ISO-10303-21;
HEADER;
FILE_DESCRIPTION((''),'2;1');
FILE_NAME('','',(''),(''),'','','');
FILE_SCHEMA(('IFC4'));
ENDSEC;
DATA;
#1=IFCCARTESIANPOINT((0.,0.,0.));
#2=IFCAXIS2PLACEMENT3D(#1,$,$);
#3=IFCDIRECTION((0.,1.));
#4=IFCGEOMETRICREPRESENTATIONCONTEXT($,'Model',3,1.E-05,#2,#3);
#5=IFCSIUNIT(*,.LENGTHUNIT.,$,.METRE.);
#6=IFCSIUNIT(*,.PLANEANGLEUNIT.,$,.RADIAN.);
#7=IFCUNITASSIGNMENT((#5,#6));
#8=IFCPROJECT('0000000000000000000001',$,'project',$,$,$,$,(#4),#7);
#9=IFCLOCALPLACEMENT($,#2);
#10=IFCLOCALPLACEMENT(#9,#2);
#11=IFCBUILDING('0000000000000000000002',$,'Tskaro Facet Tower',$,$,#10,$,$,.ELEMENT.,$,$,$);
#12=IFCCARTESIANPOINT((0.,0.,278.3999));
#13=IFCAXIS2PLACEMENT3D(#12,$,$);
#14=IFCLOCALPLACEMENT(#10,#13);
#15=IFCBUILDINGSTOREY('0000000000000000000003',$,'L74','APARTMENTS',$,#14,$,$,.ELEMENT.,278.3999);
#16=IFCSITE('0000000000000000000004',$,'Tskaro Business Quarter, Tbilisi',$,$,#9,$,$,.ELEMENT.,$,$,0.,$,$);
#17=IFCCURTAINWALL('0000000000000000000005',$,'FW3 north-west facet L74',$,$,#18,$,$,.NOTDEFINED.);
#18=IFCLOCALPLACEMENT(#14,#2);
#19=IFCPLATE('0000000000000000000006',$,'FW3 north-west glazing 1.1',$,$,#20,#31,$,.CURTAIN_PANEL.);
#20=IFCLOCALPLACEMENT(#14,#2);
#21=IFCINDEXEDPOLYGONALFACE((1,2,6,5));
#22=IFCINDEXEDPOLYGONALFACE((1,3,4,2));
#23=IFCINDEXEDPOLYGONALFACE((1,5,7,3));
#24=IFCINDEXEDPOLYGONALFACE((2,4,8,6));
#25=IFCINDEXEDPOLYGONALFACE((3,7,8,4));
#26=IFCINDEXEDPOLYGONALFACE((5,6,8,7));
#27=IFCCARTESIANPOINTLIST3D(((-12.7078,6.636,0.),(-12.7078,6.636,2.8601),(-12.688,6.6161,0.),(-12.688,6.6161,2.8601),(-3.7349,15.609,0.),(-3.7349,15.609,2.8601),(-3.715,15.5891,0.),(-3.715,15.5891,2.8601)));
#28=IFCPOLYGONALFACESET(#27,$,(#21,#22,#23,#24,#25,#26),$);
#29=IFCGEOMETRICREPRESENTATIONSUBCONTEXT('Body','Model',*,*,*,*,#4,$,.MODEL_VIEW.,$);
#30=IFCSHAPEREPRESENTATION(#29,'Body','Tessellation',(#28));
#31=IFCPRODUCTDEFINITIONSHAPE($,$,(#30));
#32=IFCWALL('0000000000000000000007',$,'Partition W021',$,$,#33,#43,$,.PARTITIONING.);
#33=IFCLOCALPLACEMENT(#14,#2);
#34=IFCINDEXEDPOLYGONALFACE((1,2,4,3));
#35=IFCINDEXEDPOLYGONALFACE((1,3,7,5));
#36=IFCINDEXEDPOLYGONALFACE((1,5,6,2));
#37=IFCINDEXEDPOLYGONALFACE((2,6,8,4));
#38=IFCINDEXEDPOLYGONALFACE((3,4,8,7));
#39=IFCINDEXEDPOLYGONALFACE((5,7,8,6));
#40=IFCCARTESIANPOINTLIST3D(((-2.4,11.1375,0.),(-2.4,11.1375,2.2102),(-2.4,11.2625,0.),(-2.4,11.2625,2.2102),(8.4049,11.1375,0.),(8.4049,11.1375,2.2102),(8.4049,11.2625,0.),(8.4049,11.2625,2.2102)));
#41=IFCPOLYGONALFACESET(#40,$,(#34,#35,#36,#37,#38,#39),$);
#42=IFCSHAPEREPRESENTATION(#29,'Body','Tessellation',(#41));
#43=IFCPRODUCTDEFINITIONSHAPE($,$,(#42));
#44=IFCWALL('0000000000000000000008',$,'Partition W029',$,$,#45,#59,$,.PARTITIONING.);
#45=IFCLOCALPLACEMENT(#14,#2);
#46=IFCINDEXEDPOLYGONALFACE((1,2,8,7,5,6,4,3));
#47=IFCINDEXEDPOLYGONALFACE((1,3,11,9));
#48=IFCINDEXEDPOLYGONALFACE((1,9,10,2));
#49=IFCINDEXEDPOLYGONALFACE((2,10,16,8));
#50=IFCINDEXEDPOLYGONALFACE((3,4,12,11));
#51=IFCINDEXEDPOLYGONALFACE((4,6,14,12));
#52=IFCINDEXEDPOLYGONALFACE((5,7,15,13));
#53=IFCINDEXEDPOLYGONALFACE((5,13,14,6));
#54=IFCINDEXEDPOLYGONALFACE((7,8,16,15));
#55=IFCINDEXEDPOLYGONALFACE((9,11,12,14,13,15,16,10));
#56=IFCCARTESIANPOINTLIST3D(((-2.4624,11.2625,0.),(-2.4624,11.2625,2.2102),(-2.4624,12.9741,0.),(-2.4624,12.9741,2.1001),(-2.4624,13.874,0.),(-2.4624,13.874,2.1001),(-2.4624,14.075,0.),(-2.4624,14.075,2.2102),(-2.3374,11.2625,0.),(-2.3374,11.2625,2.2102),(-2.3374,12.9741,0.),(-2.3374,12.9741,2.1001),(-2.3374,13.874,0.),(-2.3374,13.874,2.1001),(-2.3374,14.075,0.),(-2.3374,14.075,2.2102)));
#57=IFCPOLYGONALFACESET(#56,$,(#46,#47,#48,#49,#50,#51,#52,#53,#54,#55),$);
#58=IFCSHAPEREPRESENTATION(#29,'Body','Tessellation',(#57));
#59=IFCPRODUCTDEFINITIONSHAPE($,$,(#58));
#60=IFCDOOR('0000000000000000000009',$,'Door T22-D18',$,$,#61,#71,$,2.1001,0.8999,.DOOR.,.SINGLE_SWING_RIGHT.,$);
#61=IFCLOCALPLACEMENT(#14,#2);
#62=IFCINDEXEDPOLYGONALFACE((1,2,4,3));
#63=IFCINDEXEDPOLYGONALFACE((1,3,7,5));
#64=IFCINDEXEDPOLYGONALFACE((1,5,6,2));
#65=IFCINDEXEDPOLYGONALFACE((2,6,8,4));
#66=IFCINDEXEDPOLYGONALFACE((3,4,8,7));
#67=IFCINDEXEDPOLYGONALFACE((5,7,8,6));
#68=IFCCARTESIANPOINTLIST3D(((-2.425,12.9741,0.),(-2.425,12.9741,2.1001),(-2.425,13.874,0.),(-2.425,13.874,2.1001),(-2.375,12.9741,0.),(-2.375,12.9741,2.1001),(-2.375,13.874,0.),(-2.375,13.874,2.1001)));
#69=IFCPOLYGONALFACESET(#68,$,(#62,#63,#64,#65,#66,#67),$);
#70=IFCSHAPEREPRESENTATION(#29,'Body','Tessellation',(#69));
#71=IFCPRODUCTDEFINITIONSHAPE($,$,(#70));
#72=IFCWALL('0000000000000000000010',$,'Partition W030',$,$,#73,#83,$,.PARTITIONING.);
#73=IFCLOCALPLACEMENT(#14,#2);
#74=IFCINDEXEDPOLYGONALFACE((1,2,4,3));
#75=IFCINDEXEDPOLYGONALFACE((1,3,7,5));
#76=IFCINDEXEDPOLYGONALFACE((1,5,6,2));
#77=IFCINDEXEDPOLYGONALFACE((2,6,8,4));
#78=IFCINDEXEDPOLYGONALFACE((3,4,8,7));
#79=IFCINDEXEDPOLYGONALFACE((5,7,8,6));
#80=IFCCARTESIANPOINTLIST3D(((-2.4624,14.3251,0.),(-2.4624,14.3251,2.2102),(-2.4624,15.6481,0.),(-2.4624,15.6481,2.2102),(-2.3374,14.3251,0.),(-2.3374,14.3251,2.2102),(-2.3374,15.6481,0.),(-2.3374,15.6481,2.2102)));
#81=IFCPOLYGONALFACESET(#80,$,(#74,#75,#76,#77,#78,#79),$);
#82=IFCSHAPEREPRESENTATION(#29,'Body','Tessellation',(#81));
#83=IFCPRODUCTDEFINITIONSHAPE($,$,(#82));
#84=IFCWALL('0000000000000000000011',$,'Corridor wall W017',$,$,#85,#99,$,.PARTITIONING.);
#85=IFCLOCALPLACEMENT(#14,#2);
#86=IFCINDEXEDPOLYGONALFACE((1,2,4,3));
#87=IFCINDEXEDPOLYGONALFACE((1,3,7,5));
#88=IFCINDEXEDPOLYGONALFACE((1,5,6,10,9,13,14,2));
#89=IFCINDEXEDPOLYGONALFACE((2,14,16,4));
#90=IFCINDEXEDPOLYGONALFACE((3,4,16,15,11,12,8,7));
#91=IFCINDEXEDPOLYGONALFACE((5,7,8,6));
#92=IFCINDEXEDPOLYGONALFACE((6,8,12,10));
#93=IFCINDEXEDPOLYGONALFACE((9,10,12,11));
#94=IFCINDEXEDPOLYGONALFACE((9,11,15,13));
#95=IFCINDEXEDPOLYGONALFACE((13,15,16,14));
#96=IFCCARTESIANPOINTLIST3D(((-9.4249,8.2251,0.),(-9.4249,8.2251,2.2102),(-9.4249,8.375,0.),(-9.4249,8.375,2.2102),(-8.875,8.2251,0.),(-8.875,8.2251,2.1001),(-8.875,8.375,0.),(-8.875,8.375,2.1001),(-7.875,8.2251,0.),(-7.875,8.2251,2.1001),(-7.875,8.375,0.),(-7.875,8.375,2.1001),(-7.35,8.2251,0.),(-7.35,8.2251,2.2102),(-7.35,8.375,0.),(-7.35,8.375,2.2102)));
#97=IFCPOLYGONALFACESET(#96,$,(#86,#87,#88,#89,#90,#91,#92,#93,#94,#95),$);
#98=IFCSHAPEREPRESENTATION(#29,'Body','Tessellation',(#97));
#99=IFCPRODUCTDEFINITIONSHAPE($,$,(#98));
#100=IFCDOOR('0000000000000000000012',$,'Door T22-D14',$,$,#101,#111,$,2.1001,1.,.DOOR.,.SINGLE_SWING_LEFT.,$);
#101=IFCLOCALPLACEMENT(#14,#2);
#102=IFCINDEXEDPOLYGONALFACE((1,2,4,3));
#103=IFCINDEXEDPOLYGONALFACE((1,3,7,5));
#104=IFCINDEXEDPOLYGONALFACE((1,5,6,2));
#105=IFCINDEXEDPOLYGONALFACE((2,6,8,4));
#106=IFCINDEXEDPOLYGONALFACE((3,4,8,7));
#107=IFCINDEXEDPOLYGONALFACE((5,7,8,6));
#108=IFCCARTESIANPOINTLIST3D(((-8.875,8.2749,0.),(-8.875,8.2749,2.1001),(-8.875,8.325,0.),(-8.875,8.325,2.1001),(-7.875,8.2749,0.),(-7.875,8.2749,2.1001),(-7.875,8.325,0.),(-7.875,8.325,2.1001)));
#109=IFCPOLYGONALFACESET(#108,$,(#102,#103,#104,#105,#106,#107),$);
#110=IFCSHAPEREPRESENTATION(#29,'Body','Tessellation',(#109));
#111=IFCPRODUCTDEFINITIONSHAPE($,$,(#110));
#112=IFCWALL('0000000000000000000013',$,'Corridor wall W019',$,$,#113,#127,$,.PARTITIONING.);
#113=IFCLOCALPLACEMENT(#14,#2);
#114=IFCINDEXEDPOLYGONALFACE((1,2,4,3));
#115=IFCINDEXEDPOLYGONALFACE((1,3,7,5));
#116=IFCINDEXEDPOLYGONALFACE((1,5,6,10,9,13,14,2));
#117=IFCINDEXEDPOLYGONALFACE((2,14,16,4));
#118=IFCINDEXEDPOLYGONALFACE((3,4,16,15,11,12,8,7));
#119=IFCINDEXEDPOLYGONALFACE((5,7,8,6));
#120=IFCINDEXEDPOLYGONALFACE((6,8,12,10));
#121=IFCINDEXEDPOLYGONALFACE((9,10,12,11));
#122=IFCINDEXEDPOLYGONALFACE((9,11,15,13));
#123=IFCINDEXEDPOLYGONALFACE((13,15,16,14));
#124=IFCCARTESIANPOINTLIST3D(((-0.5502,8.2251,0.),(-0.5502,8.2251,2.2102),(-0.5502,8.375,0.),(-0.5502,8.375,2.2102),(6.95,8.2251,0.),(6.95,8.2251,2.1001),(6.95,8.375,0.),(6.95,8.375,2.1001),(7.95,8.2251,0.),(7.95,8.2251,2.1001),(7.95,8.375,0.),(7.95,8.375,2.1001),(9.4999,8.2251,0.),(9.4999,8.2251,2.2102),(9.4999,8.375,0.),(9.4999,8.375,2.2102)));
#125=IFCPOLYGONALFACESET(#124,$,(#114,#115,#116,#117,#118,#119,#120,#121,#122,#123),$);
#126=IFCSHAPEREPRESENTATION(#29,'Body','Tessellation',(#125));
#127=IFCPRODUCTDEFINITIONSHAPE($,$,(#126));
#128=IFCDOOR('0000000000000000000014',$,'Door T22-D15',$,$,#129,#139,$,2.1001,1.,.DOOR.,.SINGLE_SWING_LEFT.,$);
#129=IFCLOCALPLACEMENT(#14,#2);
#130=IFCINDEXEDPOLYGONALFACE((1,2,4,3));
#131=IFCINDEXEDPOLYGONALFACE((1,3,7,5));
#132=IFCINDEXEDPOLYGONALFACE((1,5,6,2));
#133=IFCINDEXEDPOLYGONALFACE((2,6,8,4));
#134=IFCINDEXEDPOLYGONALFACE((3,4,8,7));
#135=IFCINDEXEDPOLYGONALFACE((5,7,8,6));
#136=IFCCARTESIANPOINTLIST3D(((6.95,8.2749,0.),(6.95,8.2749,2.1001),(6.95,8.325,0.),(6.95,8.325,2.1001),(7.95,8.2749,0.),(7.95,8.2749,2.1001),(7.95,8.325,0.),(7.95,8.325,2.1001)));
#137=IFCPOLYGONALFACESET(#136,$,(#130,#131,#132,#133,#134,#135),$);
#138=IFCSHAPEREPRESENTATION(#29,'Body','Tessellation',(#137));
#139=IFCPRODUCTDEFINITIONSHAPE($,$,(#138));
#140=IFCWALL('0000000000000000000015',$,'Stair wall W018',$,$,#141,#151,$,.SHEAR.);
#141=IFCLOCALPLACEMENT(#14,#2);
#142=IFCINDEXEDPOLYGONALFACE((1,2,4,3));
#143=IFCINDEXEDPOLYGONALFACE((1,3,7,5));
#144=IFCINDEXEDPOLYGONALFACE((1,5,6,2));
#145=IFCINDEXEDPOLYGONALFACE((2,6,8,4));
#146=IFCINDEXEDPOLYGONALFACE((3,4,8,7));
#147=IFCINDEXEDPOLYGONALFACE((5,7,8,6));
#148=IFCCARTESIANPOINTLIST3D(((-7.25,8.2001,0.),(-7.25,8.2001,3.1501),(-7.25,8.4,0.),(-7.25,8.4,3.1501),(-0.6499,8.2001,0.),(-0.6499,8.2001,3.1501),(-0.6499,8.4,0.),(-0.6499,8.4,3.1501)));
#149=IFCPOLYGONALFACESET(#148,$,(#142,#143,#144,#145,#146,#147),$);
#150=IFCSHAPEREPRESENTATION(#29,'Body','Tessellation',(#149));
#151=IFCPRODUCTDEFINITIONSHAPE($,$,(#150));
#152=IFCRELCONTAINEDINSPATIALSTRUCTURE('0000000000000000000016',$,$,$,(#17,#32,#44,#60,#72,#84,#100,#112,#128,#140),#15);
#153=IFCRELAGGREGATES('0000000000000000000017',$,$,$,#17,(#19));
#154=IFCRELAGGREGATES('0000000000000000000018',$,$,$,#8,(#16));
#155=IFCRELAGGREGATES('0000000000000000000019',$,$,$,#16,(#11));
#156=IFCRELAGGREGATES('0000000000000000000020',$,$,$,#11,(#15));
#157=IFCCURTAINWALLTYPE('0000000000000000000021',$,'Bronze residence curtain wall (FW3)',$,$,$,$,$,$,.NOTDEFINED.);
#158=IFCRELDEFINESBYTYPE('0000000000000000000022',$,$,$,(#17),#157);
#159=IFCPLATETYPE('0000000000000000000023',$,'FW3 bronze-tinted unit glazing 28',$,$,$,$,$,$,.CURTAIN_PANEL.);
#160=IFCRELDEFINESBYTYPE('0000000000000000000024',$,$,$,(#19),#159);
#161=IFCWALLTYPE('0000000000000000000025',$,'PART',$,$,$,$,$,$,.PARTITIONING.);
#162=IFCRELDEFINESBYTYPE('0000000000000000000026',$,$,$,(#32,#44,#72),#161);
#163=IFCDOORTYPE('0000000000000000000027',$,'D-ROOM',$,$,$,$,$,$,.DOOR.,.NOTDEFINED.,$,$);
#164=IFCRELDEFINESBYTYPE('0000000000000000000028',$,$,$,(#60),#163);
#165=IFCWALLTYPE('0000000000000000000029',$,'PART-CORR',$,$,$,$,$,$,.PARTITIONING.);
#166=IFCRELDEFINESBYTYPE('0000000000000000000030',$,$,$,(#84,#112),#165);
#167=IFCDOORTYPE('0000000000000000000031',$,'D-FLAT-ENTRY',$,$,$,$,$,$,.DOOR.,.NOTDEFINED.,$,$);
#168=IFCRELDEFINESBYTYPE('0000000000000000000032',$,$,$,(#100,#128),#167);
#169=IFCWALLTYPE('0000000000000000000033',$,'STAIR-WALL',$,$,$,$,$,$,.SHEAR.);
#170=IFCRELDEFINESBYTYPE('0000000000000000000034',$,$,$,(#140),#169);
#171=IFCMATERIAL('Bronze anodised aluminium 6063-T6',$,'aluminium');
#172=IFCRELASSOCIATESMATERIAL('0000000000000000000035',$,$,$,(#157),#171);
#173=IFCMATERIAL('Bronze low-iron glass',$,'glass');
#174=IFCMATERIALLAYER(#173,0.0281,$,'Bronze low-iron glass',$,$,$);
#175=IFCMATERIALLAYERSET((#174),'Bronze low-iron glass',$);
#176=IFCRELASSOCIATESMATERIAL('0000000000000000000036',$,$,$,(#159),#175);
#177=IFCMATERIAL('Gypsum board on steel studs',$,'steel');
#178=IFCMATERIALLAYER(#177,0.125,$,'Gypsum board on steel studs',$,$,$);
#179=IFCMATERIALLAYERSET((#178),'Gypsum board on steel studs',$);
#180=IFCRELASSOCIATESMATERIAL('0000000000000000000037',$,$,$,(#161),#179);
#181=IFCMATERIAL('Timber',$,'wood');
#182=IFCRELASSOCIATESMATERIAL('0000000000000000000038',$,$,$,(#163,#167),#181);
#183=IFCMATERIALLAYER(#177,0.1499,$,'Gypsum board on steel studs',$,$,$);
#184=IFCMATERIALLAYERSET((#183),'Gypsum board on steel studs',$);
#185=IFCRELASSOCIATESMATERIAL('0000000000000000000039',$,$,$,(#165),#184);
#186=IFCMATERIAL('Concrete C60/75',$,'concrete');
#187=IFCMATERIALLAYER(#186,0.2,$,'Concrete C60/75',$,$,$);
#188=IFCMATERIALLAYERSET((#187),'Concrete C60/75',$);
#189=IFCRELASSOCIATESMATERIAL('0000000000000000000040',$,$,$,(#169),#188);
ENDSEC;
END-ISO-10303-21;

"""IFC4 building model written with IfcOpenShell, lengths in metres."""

from ifc_helpers import new_model, si_unit, direction, frame, frame_2d, origin, origin_2d, place, context, subcontext, project, spatial, rectangle, extrude, material, layer, layer_set, type_object, element, fill, aggregate, save


model = new_model("IFC4")

# Units and contexts
model_context = context("Model", 3, precision=1e-05, world=origin(), true_north=direction((0.0, 1.0)))
body_context = subcontext(model_context, "Body", "Model", "MODEL_VIEW")
ifc_project = project(units=[si_unit("LENGTHUNIT", "METRE"), si_unit("PLANEANGLEUNIT", "RADIAN")], contexts=[model_context])

# Site, building, storey
site_placement = place(None, origin())
site = spatial("IfcSite", under=ifc_project, at=site_placement, Name="Tskaro Business Quarter, Tbilisi", CompositionType="ELEMENT", RefElevation=0.0)
building_placement = place(site_placement, origin())
building = spatial("IfcBuilding", under=site, at=building_placement, Name="Tskaro Facet Tower", CompositionType="ELEMENT")
storey_placement = place(building_placement, frame((0.0, 0.0, 278.3999)))
storey = spatial("IfcBuildingStorey", under=building, at=storey_placement, Name="L74", Description="APARTMENTS", CompositionType="ELEMENT", Elevation=278.3999)

# Curtain wall
ifc_material_1 = material(Name="Bronze anodised aluminium 6063-T6", Category="aluminium")
curtain_wall_type = type_object("IfcCurtainWallType", Name="Bronze residence curtain wall (FW3)", PredefinedType="NOTDEFINED", material=ifc_material_1)
curtain_wall_1_placement = place(storey_placement, origin())
curtain_wall_1 = element("IfcCurtainWall", 1, at=curtain_wall_1_placement, inside=storey, type_object=curtain_wall_type, Name="FW3 north-west facet L74", PredefinedType="NOTDEFINED")

# Plate
ifc_material_2 = material(Name="Bronze low-iron glass", Category="glass")
ifc_layer_1 = layer(ifc_material_2, 0.0281, Name="Bronze low-iron glass")
ifc_layer_set_1 = layer_set([ifc_layer_1], Name="Bronze low-iron glass")
plate_type = type_object("IfcPlateType", Name="FW3 bronze-tinted unit glazing 28", PredefinedType="CURTAIN_PANEL", material=ifc_layer_set_1)
plate_placement = place(storey_placement, frame((-8.2114, 11.1125, 0.0), z_axis=(0.0, 0.0, 1.0), x_axis=(-0.707107, -0.707107, 0.0)))
plate = element("IfcPlate", 2, at=plate_placement, type_object=plate_type, Name="FW3 north-west glazing 1.1", PredefinedType="CURTAIN_PANEL", context=body_context, shape_type="SweptSolid", body=[
    extrude(rectangle(XDim=12.6897, YDim=0.0281, at=origin_2d()), origin(), (0.0, 0.0, 1.0), 2.8601),
])
aggregate(curtain_wall_1, [plate])

# Wall
ifc_material_3 = material(Name="Gypsum board on steel studs", Category="steel")
ifc_layer_2 = layer(ifc_material_3, 0.125, Name="Gypsum board on steel studs")
ifc_layer_set_2 = layer_set([ifc_layer_2], Name="Gypsum board on steel studs")
wall_type_1 = type_object("IfcWallType", Name="PART", PredefinedType="PARTITIONING", material=ifc_layer_set_2)
wall_1_placement = place(storey_placement, frame((-2.3999, 11.2, 0.0), z_axis=(0.0, 0.0, 1.0), x_axis=(1.0, 0.0, 0.0)))
element("IfcWall", 3, at=wall_1_placement, inside=storey, type_object=wall_type_1, Name="Partition W021", PredefinedType="PARTITIONING", context=body_context, shape_type="SweptSolid", body=[
    extrude(rectangle(XDim=10.8049, YDim=0.125, at=frame_2d((5.4023, 0.0))), origin(), (0.0, 0.0, 1.0), 2.2102),
])

# Wall, opening, door
wall_2_placement = place(storey_placement, frame((-2.3999, 14.075, 0.0), z_axis=(0.0, 0.0, 1.0), x_axis=(0.0, -1.0, 0.0)))
wall_2 = element("IfcWall", 4, at=wall_2_placement, inside=storey, type_object=wall_type_1, Name="Partition W029", PredefinedType="PARTITIONING", context=body_context, shape_type="SweptSolid", body=[
    extrude(rectangle(XDim=2.8125, YDim=0.125, at=frame_2d((1.4062, 0.0))), origin(), (0.0, 0.0, 1.0), 2.2102),
])
opening_1_placement = place(wall_2_placement, frame((0.2009, 0.0, 0.0)))
opening_1 = element("IfcOpeningElement", 5, at=opening_1_placement, cuts=wall_2, PredefinedType="OPENING", context=body_context, shape_type="SweptSolid", body=[
    extrude(rectangle(XDim=0.8999, YDim=2.1001, at=frame_2d((0.45, 1.05))), frame((0.0, 0.0725, 0.0), z_axis=(0.0, -1.0, 0.0), x_axis=(1.0, 0.0, 0.0)), (0.0, 0.0, 1.0), 0.145),
])
ifc_material_4 = material(Name="Timber", Category="wood")
door_type_1 = type_object("IfcDoorType", Name="D-ROOM", OperationType="NOTDEFINED", PredefinedType="DOOR", material=ifc_material_4)
door_1_placement = place(opening_1_placement, origin())
door_1 = element("IfcDoor", 6, at=door_1_placement, inside=storey, type_object=door_type_1, Name="Door T22-D18", OperationType="SINGLE_SWING_RIGHT", OverallHeight=2.1001, OverallWidth=0.8999, PredefinedType="DOOR", context=body_context, shape_type="SweptSolid", body=[
    extrude(rectangle(XDim=0.8999, YDim=2.1001, at=frame_2d((0.45, 1.05))), frame((0.0, 0.0249, 0.0), z_axis=(0.0, -1.0, 0.0), x_axis=(1.0, 0.0, 0.0)), (0.0, 0.0, 1.0), 0.05),
])
fill(opening_1, door_1)

# Wall
wall_3_placement = place(storey_placement, frame((-2.3999, 14.325, 0.0), z_axis=(0.0, 0.0, 1.0), x_axis=(0.0, 1.0, 0.0)))
element("IfcWall", 7, at=wall_3_placement, inside=storey, type_object=wall_type_1, Name="Partition W030", PredefinedType="PARTITIONING", context=body_context, shape_type="SweptSolid", body=[
    extrude(rectangle(XDim=1.323, YDim=0.125, at=frame_2d((0.6616, 0.0))), origin(), (0.0, 0.0, 1.0), 2.2102),
])

# Walls, openings, doors
ifc_layer_3 = layer(ifc_material_3, 0.1499, Name="Gypsum board on steel studs")
ifc_layer_set_3 = layer_set([ifc_layer_3], Name="Gypsum board on steel studs")
wall_type_2 = type_object("IfcWallType", Name="PART-CORR", PredefinedType="PARTITIONING", material=ifc_layer_set_3)
wall_4_placement = place(storey_placement, frame((-9.425, 8.3, 0.0), z_axis=(0.0, 0.0, 1.0), x_axis=(1.0, 0.0, 0.0)))
wall_4 = element("IfcWall", 8, at=wall_4_placement, inside=storey, type_object=wall_type_2, Name="Corridor wall W017", PredefinedType="PARTITIONING", context=body_context, shape_type="SweptSolid", body=[
    extrude(rectangle(XDim=2.075, YDim=0.1499, at=frame_2d((1.0376, 0.0))), origin(), (0.0, 0.0, 1.0), 2.2102),
])
opening_2_placement = place(wall_4_placement, frame((0.55, 0.0, 0.0)))
opening_2 = element("IfcOpeningElement", 9, at=opening_2_placement, cuts=wall_4, PredefinedType="OPENING", context=body_context, shape_type="SweptSolid", body=[
    extrude(rectangle(XDim=1.0, YDim=2.1001, at=frame_2d((0.5, 1.05))), frame((0.0, 0.085, 0.0), z_axis=(0.0, -1.0, 0.0), x_axis=(1.0, 0.0, 0.0)), (0.0, 0.0, 1.0), 0.1699),
])
door_type_2 = type_object("IfcDoorType", Name="D-FLAT-ENTRY", OperationType="NOTDEFINED", PredefinedType="DOOR", material=ifc_material_4)
door_2_placement = place(opening_2_placement, origin())
door_2 = element("IfcDoor", 10, at=door_2_placement, inside=storey, type_object=door_type_2, Name="Door T22-D14", OperationType="SINGLE_SWING_LEFT", OverallHeight=2.1001, OverallWidth=1.0, PredefinedType="DOOR", context=body_context, shape_type="SweptSolid", body=[
    extrude(rectangle(XDim=1.0, YDim=2.1001, at=frame_2d((0.5, 1.05))), frame((0.0, 0.0249, 0.0), z_axis=(0.0, -1.0, 0.0), x_axis=(1.0, 0.0, 0.0)), (0.0, 0.0, 1.0), 0.05),
])
fill(opening_2, door_2)
wall_5_placement = place(storey_placement, frame((-0.55, 8.3, 0.0), z_axis=(0.0, 0.0, 1.0), x_axis=(1.0, 0.0, 0.0)))
wall_5 = element("IfcWall", 11, at=wall_5_placement, inside=storey, type_object=wall_type_2, Name="Corridor wall W019", PredefinedType="PARTITIONING", context=body_context, shape_type="SweptSolid", body=[
    extrude(rectangle(XDim=10.05, YDim=0.1499, at=frame_2d((5.0249, 0.0))), origin(), (0.0, 0.0, 1.0), 2.2102),
])
opening_3_placement = place(wall_5_placement, frame((7.5, 0.0, 0.0)))
opening_3 = element("IfcOpeningElement", 12, at=opening_3_placement, cuts=wall_5, PredefinedType="OPENING", context=body_context, shape_type="SweptSolid", body=[
    extrude(rectangle(XDim=1.0, YDim=2.1001, at=frame_2d((0.5, 1.05))), frame((0.0, 0.085, 0.0), z_axis=(0.0, -1.0, 0.0), x_axis=(1.0, 0.0, 0.0)), (0.0, 0.0, 1.0), 0.1699),
])
door_3_placement = place(opening_3_placement, origin())
door_3 = element("IfcDoor", 13, at=door_3_placement, inside=storey, type_object=door_type_2, Name="Door T22-D15", OperationType="SINGLE_SWING_LEFT", OverallHeight=2.1001, OverallWidth=1.0, PredefinedType="DOOR", context=body_context, shape_type="SweptSolid", body=[
    extrude(rectangle(XDim=1.0, YDim=2.1001, at=frame_2d((0.5, 1.05))), frame((0.0, 0.0249, 0.0), z_axis=(0.0, -1.0, 0.0), x_axis=(1.0, 0.0, 0.0)), (0.0, 0.0, 1.0), 0.05),
])
fill(opening_3, door_3)

# Wall
ifc_material_5 = material(Name="Concrete C60/75", Category="concrete")
ifc_layer_4 = layer(ifc_material_5, 0.2, Name="Concrete C60/75")
ifc_layer_set_4 = layer_set([ifc_layer_4], Name="Concrete C60/75")
wall_type_3 = type_object("IfcWallType", Name="STAIR-WALL", PredefinedType="SHEAR", material=ifc_layer_set_4)
wall_6_placement = place(storey_placement, frame((-7.25, 8.3, 0.0), z_axis=(0.0, 0.0, 1.0), x_axis=(1.0, 0.0, 0.0)))
element("IfcWall", 14, at=wall_6_placement, inside=storey, type_object=wall_type_3, Name="Stair wall W018", PredefinedType="SHEAR", context=body_context, shape_type="SweptSolid", body=[
    extrude(rectangle(XDim=6.6001, YDim=0.2, at=frame_2d((3.3, 0.0))), origin(), (0.0, 0.0, 1.0), 3.1501),
])

save(model, "model.ifc")
